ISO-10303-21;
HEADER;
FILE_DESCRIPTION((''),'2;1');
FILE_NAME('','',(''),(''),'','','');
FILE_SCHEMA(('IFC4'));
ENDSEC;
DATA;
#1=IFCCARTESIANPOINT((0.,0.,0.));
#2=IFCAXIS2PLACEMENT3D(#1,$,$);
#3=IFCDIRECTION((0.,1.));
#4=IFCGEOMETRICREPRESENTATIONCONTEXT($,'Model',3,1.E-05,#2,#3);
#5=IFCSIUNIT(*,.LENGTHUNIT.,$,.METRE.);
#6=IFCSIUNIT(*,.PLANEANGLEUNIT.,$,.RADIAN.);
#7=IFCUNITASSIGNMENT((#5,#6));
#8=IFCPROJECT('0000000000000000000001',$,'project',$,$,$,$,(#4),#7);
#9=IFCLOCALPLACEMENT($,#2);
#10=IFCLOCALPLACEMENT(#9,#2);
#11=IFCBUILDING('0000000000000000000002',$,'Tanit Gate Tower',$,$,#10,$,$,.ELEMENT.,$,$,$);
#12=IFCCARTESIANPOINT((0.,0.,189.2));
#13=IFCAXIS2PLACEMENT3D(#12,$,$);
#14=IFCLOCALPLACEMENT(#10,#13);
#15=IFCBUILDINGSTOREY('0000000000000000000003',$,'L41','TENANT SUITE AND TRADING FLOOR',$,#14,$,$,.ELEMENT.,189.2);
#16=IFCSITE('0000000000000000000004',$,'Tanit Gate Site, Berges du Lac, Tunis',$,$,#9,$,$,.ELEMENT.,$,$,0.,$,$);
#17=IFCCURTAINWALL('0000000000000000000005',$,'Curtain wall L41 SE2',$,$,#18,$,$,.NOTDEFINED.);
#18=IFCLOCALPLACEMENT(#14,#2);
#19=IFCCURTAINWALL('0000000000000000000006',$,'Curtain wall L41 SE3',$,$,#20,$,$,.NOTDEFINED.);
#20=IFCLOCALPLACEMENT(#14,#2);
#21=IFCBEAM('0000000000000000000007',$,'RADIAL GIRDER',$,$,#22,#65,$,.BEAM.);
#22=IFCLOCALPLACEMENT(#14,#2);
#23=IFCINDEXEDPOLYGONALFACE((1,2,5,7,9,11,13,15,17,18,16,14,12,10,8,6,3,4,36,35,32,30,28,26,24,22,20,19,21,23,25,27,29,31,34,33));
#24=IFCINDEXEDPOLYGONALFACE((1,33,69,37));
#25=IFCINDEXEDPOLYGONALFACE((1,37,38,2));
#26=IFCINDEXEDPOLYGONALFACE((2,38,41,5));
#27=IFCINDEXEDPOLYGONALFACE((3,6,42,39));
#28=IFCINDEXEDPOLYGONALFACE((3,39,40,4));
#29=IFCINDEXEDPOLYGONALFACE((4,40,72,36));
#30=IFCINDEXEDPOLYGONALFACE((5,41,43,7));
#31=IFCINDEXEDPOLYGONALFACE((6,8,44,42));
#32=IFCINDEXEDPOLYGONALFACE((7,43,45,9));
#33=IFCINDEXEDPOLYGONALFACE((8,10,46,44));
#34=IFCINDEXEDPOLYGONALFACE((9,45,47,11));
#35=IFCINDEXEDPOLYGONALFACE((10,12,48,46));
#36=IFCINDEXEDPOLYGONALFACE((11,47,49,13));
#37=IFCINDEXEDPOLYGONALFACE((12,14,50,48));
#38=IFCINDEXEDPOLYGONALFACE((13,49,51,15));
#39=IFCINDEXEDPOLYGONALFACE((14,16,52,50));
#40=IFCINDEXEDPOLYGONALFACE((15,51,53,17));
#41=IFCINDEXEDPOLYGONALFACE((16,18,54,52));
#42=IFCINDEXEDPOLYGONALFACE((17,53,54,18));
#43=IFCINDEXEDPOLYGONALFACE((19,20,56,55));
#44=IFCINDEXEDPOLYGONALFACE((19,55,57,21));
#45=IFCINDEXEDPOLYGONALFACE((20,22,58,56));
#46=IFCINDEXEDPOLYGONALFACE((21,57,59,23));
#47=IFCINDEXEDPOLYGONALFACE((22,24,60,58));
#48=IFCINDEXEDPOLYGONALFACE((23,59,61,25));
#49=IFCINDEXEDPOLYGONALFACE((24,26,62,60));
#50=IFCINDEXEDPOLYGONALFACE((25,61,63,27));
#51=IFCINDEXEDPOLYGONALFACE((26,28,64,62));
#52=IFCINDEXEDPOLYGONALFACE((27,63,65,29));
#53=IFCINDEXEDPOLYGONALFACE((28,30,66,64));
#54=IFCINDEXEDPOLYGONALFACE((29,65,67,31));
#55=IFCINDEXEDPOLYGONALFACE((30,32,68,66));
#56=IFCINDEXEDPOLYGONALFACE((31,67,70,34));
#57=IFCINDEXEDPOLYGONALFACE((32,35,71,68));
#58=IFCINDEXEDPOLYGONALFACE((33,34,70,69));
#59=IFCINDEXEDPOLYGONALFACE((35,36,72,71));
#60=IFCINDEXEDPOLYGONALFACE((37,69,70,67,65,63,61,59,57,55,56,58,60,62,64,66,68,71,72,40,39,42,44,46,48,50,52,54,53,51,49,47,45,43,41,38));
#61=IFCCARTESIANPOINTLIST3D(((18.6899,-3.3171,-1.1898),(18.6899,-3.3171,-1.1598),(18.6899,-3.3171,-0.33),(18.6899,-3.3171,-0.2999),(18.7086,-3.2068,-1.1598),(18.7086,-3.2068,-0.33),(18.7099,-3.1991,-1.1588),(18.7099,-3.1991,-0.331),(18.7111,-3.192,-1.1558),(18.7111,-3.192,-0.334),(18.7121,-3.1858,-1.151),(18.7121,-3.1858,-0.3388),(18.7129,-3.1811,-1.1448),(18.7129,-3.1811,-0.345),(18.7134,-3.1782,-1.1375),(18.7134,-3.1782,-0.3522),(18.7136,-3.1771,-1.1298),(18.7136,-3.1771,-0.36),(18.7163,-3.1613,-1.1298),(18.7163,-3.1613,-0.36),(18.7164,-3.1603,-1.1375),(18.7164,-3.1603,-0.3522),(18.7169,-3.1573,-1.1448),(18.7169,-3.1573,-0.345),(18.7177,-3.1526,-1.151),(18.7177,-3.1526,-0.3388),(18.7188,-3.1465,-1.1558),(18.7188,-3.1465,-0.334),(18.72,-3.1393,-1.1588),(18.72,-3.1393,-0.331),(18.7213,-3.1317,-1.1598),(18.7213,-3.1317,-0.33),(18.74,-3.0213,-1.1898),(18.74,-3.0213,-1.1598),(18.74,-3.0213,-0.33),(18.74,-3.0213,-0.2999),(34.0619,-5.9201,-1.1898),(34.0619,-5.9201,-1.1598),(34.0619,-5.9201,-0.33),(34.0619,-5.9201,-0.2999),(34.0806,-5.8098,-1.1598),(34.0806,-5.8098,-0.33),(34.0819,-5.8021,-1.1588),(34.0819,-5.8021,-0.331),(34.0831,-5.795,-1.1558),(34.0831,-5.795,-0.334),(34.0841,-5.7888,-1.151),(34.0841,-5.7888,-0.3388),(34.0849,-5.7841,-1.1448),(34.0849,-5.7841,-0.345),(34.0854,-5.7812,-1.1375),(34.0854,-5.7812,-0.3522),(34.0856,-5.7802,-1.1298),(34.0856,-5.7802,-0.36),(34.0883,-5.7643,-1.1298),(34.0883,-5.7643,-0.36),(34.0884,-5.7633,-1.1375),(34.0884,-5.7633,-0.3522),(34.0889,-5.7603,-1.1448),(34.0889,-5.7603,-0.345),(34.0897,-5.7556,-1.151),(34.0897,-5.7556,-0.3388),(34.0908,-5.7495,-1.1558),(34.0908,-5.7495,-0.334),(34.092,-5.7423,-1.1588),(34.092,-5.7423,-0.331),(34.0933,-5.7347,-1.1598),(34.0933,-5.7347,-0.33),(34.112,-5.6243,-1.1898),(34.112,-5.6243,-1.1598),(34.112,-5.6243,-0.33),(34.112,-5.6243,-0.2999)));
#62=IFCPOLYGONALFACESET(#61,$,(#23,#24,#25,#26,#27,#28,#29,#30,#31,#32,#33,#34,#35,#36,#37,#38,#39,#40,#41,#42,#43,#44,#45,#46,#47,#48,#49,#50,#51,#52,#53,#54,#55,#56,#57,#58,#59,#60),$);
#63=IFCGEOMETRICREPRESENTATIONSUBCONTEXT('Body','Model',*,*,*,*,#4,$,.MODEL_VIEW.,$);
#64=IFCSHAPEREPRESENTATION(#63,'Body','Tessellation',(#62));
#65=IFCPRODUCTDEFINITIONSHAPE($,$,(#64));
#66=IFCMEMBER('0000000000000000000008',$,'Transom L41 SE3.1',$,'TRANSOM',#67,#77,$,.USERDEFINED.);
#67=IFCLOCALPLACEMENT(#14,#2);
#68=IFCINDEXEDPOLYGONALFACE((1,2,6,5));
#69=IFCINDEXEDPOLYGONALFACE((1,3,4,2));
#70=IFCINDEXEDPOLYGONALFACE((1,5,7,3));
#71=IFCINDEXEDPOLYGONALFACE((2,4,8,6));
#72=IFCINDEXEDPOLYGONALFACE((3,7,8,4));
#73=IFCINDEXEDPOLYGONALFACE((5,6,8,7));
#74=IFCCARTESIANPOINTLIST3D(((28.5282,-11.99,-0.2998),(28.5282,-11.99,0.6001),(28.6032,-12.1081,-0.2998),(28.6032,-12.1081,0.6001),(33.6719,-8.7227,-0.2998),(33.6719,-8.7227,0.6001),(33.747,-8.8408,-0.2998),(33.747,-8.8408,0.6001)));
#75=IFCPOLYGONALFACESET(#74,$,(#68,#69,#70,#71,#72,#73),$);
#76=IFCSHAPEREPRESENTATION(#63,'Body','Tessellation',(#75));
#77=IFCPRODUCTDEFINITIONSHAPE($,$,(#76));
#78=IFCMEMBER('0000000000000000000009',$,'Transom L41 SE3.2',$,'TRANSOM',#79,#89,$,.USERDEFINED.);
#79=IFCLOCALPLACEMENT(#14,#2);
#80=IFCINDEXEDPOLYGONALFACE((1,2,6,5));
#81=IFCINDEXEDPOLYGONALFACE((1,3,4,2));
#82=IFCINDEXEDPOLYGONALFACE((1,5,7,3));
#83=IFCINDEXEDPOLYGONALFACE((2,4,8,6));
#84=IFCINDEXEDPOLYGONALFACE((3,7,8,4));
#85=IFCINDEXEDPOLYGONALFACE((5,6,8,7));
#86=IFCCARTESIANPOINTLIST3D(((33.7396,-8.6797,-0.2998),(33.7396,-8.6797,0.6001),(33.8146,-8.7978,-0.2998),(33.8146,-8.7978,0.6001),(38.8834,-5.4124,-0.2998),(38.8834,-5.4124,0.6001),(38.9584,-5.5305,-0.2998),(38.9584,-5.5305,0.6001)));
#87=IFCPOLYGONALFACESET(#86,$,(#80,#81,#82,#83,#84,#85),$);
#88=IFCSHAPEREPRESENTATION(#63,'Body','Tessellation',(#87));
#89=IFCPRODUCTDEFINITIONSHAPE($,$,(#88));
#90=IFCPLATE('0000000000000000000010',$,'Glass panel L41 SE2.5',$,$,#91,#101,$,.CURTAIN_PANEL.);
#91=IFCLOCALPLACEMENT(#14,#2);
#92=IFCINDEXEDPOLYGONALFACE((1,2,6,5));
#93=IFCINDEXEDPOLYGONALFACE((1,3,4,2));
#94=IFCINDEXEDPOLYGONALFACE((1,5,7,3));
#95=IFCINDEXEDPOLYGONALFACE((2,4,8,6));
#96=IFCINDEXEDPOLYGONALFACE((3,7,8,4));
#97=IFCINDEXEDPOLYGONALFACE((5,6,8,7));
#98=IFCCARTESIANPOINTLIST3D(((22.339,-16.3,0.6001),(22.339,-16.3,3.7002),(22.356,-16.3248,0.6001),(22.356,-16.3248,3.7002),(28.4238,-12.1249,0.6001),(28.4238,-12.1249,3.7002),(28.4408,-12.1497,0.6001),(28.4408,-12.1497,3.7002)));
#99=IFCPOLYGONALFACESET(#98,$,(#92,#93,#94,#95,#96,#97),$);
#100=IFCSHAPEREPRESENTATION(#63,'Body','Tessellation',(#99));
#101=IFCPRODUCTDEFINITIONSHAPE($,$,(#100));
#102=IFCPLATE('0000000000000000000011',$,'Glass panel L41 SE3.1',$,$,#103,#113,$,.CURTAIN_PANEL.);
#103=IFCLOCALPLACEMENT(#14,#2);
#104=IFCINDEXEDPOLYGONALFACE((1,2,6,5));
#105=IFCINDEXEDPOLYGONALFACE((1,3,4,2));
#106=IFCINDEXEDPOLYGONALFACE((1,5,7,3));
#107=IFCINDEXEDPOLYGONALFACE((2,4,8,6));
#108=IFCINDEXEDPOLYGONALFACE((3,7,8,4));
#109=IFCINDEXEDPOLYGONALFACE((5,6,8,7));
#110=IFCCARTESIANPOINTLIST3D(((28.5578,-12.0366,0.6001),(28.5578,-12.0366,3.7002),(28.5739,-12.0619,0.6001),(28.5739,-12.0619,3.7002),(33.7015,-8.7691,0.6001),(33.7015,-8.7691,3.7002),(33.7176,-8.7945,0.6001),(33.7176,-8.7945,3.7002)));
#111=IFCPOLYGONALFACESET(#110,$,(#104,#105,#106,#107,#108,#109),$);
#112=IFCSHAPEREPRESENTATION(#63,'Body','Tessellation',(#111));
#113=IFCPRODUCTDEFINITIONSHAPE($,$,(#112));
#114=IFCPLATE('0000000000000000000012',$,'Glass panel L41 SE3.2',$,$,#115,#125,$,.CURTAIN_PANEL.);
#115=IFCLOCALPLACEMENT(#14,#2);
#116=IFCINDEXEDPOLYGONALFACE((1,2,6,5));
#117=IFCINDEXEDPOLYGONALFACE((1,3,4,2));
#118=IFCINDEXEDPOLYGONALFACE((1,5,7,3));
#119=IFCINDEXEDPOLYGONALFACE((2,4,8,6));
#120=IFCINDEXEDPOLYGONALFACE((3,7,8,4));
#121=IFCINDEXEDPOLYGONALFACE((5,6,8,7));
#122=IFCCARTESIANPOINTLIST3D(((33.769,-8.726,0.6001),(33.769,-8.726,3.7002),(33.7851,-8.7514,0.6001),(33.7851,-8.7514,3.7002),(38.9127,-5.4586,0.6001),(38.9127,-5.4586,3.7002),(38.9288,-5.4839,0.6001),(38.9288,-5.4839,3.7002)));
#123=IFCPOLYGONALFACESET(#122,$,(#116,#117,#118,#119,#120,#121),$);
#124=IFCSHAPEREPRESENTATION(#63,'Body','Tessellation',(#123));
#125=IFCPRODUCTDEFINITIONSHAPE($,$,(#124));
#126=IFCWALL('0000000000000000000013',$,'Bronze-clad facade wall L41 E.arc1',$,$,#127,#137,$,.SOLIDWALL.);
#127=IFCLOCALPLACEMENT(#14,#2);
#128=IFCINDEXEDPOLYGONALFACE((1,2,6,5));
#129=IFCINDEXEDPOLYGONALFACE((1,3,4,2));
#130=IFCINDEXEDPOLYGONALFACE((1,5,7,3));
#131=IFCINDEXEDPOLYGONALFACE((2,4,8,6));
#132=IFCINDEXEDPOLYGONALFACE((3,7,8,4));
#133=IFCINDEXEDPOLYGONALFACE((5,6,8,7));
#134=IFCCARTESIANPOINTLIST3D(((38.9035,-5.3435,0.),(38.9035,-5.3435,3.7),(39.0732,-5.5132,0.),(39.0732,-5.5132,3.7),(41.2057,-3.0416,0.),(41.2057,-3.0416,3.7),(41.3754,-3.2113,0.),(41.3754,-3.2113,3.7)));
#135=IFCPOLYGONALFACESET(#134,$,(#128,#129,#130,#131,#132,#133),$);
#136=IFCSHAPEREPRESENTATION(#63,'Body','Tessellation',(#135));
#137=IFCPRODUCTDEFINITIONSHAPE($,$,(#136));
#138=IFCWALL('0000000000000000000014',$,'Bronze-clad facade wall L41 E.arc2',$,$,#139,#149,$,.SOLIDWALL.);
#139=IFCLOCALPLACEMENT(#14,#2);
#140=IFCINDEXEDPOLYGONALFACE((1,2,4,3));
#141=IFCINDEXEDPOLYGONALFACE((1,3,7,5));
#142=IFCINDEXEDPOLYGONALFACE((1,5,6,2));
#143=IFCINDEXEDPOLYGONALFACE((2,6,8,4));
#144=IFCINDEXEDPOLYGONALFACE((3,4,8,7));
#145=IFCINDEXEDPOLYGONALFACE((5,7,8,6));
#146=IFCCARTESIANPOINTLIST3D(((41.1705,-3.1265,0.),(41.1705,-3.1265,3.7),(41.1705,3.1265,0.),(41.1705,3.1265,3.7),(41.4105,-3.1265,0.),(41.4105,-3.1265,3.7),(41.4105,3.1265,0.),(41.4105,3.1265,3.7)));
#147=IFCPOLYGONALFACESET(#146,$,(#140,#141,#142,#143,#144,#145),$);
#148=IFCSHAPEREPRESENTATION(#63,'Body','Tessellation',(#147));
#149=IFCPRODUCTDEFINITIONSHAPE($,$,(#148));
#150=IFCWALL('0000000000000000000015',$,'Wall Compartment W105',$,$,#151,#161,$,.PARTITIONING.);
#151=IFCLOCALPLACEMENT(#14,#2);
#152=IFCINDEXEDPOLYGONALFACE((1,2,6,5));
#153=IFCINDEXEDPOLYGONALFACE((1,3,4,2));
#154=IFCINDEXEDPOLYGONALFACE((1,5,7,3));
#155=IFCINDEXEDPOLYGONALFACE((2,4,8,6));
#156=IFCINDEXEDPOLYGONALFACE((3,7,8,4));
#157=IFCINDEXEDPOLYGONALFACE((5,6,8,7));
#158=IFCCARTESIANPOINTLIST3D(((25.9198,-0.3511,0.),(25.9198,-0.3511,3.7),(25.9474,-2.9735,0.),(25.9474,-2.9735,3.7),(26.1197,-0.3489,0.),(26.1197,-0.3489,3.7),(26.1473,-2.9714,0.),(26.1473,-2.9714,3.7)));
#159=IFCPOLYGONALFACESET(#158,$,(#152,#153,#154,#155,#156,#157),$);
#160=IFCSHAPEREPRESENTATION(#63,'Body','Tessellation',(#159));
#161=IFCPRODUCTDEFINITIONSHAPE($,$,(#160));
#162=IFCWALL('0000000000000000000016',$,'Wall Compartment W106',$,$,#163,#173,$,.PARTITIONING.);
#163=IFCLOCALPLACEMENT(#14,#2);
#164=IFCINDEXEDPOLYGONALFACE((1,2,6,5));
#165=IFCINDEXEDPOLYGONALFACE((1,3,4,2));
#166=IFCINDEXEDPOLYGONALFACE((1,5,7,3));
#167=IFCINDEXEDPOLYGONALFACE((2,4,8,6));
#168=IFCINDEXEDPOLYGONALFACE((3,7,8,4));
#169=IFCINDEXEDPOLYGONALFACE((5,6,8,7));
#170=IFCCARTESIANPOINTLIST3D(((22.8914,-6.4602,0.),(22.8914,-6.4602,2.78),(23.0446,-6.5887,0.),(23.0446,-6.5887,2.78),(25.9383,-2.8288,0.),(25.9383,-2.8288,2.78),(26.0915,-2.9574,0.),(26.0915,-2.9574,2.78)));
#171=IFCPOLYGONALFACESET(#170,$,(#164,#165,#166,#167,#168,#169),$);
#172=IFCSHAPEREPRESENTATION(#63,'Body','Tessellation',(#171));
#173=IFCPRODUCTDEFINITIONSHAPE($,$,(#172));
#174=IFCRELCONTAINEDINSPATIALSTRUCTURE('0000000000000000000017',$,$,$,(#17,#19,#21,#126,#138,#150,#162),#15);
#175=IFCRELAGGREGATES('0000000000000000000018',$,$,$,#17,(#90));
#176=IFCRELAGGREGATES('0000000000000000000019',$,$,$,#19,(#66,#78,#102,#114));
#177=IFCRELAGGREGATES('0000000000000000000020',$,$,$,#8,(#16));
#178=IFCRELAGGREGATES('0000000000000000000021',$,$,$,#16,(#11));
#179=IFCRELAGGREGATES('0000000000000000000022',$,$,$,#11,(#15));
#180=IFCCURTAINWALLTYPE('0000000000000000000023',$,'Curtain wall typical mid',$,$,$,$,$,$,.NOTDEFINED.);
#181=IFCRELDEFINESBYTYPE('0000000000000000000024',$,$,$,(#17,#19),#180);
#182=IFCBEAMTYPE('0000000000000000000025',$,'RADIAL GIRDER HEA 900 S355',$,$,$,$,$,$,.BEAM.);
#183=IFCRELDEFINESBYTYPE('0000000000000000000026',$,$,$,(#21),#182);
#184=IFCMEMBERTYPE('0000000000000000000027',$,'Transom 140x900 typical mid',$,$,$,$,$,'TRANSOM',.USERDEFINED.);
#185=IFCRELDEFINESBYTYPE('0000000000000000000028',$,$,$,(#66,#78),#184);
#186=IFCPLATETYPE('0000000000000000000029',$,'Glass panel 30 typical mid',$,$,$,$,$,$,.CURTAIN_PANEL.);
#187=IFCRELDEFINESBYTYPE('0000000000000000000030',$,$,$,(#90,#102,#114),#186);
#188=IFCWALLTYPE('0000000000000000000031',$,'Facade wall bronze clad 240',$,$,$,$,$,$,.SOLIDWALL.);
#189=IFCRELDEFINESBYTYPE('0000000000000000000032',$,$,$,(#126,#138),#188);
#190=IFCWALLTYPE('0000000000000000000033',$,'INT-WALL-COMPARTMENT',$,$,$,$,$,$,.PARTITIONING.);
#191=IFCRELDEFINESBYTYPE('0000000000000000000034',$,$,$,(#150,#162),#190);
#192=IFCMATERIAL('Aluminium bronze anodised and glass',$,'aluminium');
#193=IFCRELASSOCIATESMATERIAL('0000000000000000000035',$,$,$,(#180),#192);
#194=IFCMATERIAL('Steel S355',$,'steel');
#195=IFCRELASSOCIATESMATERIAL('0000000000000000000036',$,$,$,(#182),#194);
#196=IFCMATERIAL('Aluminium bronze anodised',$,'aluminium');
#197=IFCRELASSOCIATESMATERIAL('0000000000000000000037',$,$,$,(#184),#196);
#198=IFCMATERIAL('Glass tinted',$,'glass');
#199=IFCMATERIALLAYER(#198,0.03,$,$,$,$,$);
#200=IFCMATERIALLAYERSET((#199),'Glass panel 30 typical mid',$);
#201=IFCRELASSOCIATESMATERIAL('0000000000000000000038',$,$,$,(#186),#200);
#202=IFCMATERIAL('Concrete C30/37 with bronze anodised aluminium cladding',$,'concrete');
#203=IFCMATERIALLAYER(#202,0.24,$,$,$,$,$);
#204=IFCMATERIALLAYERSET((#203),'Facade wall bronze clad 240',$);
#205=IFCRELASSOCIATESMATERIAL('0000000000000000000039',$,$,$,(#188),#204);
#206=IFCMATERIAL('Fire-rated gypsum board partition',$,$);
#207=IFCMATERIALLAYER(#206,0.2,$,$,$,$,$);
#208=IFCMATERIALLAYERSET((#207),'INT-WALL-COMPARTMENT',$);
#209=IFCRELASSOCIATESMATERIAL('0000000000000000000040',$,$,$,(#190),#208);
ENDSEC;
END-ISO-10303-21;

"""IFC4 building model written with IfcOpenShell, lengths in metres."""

from ifc_helpers import new_model, si_unit, direction, frame, frame_2d, origin, origin_2d, place, context, subcontext, project, spatial, rectangle, i_section, extrude, material, layer, layer_set, material_profile, profile_set, type_object, element, aggregate, save


model = new_model("IFC4")

# Units and contexts
model_context = context("Model", 3, precision=1e-05, world=origin(), true_north=direction((0.0, 1.0)))
body_context = subcontext(model_context, "Body", "Model", "MODEL_VIEW")
ifc_project = project(units=[si_unit("LENGTHUNIT", "METRE"), si_unit("PLANEANGLEUNIT", "RADIAN")], contexts=[model_context])

# Site, building, storey
site_placement = place(None, origin())
site = spatial("IfcSite", under=ifc_project, at=site_placement, Name="Tanit Gate Site, Berges du Lac, Tunis", CompositionType="ELEMENT", RefElevation=0.0)
building_placement = place(site_placement, origin())
building = spatial("IfcBuilding", under=site, at=building_placement, Name="Tanit Gate Tower", CompositionType="ELEMENT")
storey_placement = place(building_placement, frame((0.0, 0.0, 189.2)))
storey = spatial("IfcBuildingStorey", under=building, at=storey_placement, Name="L41", Description="TENANT SUITE AND TRADING FLOOR", CompositionType="ELEMENT", Elevation=189.2)

# Curtain wall
ifc_material_1 = material(Name="Aluminium bronze anodised and glass", Category="aluminium")
curtain_wall_type = type_object("IfcCurtainWallType", Name="Curtain wall typical mid", PredefinedType="NOTDEFINED", material=ifc_material_1)
curtain_wall_1_placement = place(storey_placement, origin())
curtain_wall_1 = element("IfcCurtainWall", 1, at=curtain_wall_1_placement, inside=storey, type_object=curtain_wall_type, Name="Curtain wall L41 SE2", PredefinedType="NOTDEFINED")

# Curtain wall
curtain_wall_2_placement = place(storey_placement, origin())
curtain_wall_2 = element("IfcCurtainWall", 2, at=curtain_wall_2_placement, inside=storey, type_object=curtain_wall_type, Name="Curtain wall L41 SE3", PredefinedType="NOTDEFINED")

# Beam
ifc_material_2 = material(Name="Steel S355", Category="steel")
ifc_material_profile_1 = material_profile(ifc_material_2, i_section(OverallWidth=0.3, OverallDepth=0.8899, WebThickness=0.0161, FlangeThickness=0.03, FilletRadius=0.03, at=origin_2d()), Name="HEA 900")
ifc_profile_set_1 = profile_set([ifc_material_profile_1], Name="Steel S355")
beam_type_1 = type_object("IfcBeamType", Name="RADIAL GIRDER HEA 900 S355", PredefinedType="BEAM", material=ifc_profile_set_1)
beam_1_placement = place(storey_placement, frame((34.0869, -5.7722, -0.7449), z_axis=(-0.985964, 0.166958, 0.0), x_axis=(-0.166958, -0.985964, 0.0)))
element("IfcBeam", 3, at=beam_1_placement, inside=storey, type_object=beam_type_1, Name="RADIAL GIRDER", PredefinedType="BEAM", context=body_context, shape_type="SweptSolid", body=[
    extrude(i_section(OverallWidth=0.3, OverallDepth=0.8899, WebThickness=0.0161, FlangeThickness=0.03, FilletRadius=0.03, at=origin_2d()), origin(), (0.0, 0.0, 1.0), 15.5908),
])

# Members
ifc_material_3 = material(Name="Aluminium bronze anodised", Category="aluminium")
ifc_material_profile_2 = material_profile(ifc_material_3, rectangle(XDim=0.1399, YDim=0.8999, at=origin_2d()), Name="140x900 bronze transom")
ifc_profile_set_2 = profile_set([ifc_material_profile_2], Name="Aluminium bronze anodised")
member_type_1 = type_object("IfcMemberType", Name="Transom 140x900 typical mid", ElementType="TRANSOM", PredefinedType="USERDEFINED", material=ifc_profile_set_2)
member_1_placement = place(storey_placement, frame((28.5657, -12.0491, 0.1501), z_axis=(0.844107, 0.536175, 0.0), x_axis=(-0.536175, 0.844107, 0.0)))
member_1 = element("IfcMember", 4, at=member_1_placement, type_object=member_type_1, Name="Transom L41 SE3.1", ObjectType="TRANSOM", PredefinedType="USERDEFINED", context=body_context, shape_type="SweptSolid", body=[
    extrude(rectangle(XDim=0.1399, YDim=0.8999, at=origin_2d()), origin(), (0.0, 0.0, 1.0), 6.0938),
])
member_2_placement = place(storey_placement, frame((33.7771, -8.7388, 0.1501), z_axis=(0.844107, 0.536175, 0.0), x_axis=(-0.536175, 0.844107, 0.0)))
member_2 = element("IfcMember", 5, at=member_2_placement, type_object=member_type_1, Name="Transom L41 SE3.2", ObjectType="TRANSOM", PredefinedType="USERDEFINED", context=body_context, shape_type="SweptSolid", body=[
    extrude(rectangle(XDim=0.1399, YDim=0.8999, at=origin_2d()), origin(), (0.0, 0.0, 1.0), 6.0938),
])

# Plates
ifc_material_4 = material(Name="Glass tinted", Category="glass")
ifc_layer_1 = layer(ifc_material_4, 0.03)
ifc_layer_set_1 = layer_set([ifc_layer_1], Name="Glass panel 30 typical mid")
plate_type = type_object("IfcPlateType", Name="Glass panel 30 typical mid", PredefinedType="CURTAIN_PANEL", material=ifc_layer_set_1)
plate_1_placement = place(storey_placement, frame((25.3899, -14.2249, 0.6001), z_axis=(0.0, 0.0, 1.0), x_axis=(0.824557, 0.56578, 0.0)))
plate_1 = element("IfcPlate", 6, at=plate_1_placement, type_object=plate_type, Name="Glass panel L41 SE2.5", PredefinedType="CURTAIN_PANEL", context=body_context, shape_type="SweptSolid", body=[
    extrude(rectangle(XDim=7.3794, YDim=0.03, at=origin_2d()), origin(), (0.0, 0.0, 1.0), 3.1001),
])
aggregate(curtain_wall_1, [plate_1])
plate_2_placement = place(storey_placement, frame((31.1377, -10.4155, 0.6001), z_axis=(0.0, 0.0, 1.0), x_axis=(0.844097, 0.536191, 0.0)))
plate_2 = element("IfcPlate", 7, at=plate_2_placement, type_object=plate_type, Name="Glass panel L41 SE3.1", PredefinedType="CURTAIN_PANEL", context=body_context, shape_type="SweptSolid", body=[
    extrude(rectangle(XDim=6.0938, YDim=0.03, at=origin_2d()), origin(), (0.0, 0.0, 1.0), 3.1001),
])
plate_3_placement = place(storey_placement, frame((36.3489, -7.105, 0.6001), z_axis=(0.0, 0.0, 1.0), x_axis=(0.844097, 0.536191, 0.0)))
plate_3 = element("IfcPlate", 8, at=plate_3_placement, type_object=plate_type, Name="Glass panel L41 SE3.2", PredefinedType="CURTAIN_PANEL", context=body_context, shape_type="SweptSolid", body=[
    extrude(rectangle(XDim=6.0938, YDim=0.03, at=origin_2d()), origin(), (0.0, 0.0, 1.0), 3.1001),
])
aggregate(curtain_wall_2, [member_1, member_2, plate_2, plate_3])

# Walls
ifc_material_5 = material(Name="Concrete C30/37 with bronze anodised aluminium cladding", Category="concrete")
ifc_layer_2 = layer(ifc_material_5, 0.24)
ifc_layer_set_2 = layer_set([ifc_layer_2], Name="Facade wall bronze clad 240")
wall_type_1 = type_object("IfcWallType", Name="Facade wall bronze clad 240", PredefinedType="SOLIDWALL", material=ifc_layer_set_2)
wall_1_placement = place(storey_placement, frame((38.9883, -5.4285, 0.0), z_axis=(0.0, 0.0, 1.0), x_axis=(0.707144, 0.707069, 0.0)))
element("IfcWall", 9, at=wall_1_placement, inside=storey, type_object=wall_type_1, Name="Bronze-clad facade wall L41 E.arc1", PredefinedType="SOLIDWALL", context=body_context, shape_type="SweptSolid", body=[
    extrude(rectangle(XDim=3.2556, YDim=0.24, at=frame_2d((1.6279, 0.0))), origin(), (0.0, 0.0, 1.0), 3.7),
])
wall_2_placement = place(storey_placement, frame((41.2905, -3.1265, 0.0), z_axis=(0.0, 0.0, 1.0), x_axis=(0.0, 1.0, 0.0)))
element("IfcWall", 10, at=wall_2_placement, inside=storey, type_object=wall_type_1, Name="Bronze-clad facade wall L41 E.arc2", PredefinedType="SOLIDWALL", context=body_context, shape_type="SweptSolid", body=[
    extrude(rectangle(XDim=6.2529, YDim=0.24, at=frame_2d((3.1265, 0.0))), origin(), (0.0, 0.0, 1.0), 3.7),
])
ifc_material_6 = material(Name="Fire-rated gypsum board partition")
ifc_layer_3 = layer(ifc_material_6, 0.2)
ifc_layer_set_3 = layer_set([ifc_layer_3], Name="INT-WALL-COMPARTMENT")
wall_type_2 = type_object("IfcWallType", Name="INT-WALL-COMPARTMENT", PredefinedType="PARTITIONING", material=ifc_layer_set_3)
wall_3_placement = place(storey_placement, frame((26.0474, -2.9724, 0.0), z_axis=(0.0, 0.0, 1.0), x_axis=(-0.01052, 0.999945, 0.0)))
element("IfcWall", 11, at=wall_3_placement, inside=storey, type_object=wall_type_2, Name="Wall Compartment W105", PredefinedType="PARTITIONING", context=body_context, shape_type="SweptSolid", body=[
    extrude(rectangle(XDim=2.6226, YDim=0.2, at=frame_2d((1.3113, 0.0))), origin(), (0.0, 0.0, 1.0), 3.7),
])
wall_4_placement = place(storey_placement, frame((22.968, -6.5244, 0.0), z_axis=(0.0, 0.0, 1.0), x_axis=(0.642764, 0.766064, 0.0)))
element("IfcWall", 12, at=wall_4_placement, inside=storey, type_object=wall_type_2, Name="Wall Compartment W106", PredefinedType="PARTITIONING", context=body_context, shape_type="SweptSolid", body=[
    extrude(rectangle(XDim=4.7402, YDim=0.2, at=frame_2d((2.3701, 0.0))), origin(), (0.0, 0.0, 1.0), 2.78),
])

save(model, "model.ifc")
